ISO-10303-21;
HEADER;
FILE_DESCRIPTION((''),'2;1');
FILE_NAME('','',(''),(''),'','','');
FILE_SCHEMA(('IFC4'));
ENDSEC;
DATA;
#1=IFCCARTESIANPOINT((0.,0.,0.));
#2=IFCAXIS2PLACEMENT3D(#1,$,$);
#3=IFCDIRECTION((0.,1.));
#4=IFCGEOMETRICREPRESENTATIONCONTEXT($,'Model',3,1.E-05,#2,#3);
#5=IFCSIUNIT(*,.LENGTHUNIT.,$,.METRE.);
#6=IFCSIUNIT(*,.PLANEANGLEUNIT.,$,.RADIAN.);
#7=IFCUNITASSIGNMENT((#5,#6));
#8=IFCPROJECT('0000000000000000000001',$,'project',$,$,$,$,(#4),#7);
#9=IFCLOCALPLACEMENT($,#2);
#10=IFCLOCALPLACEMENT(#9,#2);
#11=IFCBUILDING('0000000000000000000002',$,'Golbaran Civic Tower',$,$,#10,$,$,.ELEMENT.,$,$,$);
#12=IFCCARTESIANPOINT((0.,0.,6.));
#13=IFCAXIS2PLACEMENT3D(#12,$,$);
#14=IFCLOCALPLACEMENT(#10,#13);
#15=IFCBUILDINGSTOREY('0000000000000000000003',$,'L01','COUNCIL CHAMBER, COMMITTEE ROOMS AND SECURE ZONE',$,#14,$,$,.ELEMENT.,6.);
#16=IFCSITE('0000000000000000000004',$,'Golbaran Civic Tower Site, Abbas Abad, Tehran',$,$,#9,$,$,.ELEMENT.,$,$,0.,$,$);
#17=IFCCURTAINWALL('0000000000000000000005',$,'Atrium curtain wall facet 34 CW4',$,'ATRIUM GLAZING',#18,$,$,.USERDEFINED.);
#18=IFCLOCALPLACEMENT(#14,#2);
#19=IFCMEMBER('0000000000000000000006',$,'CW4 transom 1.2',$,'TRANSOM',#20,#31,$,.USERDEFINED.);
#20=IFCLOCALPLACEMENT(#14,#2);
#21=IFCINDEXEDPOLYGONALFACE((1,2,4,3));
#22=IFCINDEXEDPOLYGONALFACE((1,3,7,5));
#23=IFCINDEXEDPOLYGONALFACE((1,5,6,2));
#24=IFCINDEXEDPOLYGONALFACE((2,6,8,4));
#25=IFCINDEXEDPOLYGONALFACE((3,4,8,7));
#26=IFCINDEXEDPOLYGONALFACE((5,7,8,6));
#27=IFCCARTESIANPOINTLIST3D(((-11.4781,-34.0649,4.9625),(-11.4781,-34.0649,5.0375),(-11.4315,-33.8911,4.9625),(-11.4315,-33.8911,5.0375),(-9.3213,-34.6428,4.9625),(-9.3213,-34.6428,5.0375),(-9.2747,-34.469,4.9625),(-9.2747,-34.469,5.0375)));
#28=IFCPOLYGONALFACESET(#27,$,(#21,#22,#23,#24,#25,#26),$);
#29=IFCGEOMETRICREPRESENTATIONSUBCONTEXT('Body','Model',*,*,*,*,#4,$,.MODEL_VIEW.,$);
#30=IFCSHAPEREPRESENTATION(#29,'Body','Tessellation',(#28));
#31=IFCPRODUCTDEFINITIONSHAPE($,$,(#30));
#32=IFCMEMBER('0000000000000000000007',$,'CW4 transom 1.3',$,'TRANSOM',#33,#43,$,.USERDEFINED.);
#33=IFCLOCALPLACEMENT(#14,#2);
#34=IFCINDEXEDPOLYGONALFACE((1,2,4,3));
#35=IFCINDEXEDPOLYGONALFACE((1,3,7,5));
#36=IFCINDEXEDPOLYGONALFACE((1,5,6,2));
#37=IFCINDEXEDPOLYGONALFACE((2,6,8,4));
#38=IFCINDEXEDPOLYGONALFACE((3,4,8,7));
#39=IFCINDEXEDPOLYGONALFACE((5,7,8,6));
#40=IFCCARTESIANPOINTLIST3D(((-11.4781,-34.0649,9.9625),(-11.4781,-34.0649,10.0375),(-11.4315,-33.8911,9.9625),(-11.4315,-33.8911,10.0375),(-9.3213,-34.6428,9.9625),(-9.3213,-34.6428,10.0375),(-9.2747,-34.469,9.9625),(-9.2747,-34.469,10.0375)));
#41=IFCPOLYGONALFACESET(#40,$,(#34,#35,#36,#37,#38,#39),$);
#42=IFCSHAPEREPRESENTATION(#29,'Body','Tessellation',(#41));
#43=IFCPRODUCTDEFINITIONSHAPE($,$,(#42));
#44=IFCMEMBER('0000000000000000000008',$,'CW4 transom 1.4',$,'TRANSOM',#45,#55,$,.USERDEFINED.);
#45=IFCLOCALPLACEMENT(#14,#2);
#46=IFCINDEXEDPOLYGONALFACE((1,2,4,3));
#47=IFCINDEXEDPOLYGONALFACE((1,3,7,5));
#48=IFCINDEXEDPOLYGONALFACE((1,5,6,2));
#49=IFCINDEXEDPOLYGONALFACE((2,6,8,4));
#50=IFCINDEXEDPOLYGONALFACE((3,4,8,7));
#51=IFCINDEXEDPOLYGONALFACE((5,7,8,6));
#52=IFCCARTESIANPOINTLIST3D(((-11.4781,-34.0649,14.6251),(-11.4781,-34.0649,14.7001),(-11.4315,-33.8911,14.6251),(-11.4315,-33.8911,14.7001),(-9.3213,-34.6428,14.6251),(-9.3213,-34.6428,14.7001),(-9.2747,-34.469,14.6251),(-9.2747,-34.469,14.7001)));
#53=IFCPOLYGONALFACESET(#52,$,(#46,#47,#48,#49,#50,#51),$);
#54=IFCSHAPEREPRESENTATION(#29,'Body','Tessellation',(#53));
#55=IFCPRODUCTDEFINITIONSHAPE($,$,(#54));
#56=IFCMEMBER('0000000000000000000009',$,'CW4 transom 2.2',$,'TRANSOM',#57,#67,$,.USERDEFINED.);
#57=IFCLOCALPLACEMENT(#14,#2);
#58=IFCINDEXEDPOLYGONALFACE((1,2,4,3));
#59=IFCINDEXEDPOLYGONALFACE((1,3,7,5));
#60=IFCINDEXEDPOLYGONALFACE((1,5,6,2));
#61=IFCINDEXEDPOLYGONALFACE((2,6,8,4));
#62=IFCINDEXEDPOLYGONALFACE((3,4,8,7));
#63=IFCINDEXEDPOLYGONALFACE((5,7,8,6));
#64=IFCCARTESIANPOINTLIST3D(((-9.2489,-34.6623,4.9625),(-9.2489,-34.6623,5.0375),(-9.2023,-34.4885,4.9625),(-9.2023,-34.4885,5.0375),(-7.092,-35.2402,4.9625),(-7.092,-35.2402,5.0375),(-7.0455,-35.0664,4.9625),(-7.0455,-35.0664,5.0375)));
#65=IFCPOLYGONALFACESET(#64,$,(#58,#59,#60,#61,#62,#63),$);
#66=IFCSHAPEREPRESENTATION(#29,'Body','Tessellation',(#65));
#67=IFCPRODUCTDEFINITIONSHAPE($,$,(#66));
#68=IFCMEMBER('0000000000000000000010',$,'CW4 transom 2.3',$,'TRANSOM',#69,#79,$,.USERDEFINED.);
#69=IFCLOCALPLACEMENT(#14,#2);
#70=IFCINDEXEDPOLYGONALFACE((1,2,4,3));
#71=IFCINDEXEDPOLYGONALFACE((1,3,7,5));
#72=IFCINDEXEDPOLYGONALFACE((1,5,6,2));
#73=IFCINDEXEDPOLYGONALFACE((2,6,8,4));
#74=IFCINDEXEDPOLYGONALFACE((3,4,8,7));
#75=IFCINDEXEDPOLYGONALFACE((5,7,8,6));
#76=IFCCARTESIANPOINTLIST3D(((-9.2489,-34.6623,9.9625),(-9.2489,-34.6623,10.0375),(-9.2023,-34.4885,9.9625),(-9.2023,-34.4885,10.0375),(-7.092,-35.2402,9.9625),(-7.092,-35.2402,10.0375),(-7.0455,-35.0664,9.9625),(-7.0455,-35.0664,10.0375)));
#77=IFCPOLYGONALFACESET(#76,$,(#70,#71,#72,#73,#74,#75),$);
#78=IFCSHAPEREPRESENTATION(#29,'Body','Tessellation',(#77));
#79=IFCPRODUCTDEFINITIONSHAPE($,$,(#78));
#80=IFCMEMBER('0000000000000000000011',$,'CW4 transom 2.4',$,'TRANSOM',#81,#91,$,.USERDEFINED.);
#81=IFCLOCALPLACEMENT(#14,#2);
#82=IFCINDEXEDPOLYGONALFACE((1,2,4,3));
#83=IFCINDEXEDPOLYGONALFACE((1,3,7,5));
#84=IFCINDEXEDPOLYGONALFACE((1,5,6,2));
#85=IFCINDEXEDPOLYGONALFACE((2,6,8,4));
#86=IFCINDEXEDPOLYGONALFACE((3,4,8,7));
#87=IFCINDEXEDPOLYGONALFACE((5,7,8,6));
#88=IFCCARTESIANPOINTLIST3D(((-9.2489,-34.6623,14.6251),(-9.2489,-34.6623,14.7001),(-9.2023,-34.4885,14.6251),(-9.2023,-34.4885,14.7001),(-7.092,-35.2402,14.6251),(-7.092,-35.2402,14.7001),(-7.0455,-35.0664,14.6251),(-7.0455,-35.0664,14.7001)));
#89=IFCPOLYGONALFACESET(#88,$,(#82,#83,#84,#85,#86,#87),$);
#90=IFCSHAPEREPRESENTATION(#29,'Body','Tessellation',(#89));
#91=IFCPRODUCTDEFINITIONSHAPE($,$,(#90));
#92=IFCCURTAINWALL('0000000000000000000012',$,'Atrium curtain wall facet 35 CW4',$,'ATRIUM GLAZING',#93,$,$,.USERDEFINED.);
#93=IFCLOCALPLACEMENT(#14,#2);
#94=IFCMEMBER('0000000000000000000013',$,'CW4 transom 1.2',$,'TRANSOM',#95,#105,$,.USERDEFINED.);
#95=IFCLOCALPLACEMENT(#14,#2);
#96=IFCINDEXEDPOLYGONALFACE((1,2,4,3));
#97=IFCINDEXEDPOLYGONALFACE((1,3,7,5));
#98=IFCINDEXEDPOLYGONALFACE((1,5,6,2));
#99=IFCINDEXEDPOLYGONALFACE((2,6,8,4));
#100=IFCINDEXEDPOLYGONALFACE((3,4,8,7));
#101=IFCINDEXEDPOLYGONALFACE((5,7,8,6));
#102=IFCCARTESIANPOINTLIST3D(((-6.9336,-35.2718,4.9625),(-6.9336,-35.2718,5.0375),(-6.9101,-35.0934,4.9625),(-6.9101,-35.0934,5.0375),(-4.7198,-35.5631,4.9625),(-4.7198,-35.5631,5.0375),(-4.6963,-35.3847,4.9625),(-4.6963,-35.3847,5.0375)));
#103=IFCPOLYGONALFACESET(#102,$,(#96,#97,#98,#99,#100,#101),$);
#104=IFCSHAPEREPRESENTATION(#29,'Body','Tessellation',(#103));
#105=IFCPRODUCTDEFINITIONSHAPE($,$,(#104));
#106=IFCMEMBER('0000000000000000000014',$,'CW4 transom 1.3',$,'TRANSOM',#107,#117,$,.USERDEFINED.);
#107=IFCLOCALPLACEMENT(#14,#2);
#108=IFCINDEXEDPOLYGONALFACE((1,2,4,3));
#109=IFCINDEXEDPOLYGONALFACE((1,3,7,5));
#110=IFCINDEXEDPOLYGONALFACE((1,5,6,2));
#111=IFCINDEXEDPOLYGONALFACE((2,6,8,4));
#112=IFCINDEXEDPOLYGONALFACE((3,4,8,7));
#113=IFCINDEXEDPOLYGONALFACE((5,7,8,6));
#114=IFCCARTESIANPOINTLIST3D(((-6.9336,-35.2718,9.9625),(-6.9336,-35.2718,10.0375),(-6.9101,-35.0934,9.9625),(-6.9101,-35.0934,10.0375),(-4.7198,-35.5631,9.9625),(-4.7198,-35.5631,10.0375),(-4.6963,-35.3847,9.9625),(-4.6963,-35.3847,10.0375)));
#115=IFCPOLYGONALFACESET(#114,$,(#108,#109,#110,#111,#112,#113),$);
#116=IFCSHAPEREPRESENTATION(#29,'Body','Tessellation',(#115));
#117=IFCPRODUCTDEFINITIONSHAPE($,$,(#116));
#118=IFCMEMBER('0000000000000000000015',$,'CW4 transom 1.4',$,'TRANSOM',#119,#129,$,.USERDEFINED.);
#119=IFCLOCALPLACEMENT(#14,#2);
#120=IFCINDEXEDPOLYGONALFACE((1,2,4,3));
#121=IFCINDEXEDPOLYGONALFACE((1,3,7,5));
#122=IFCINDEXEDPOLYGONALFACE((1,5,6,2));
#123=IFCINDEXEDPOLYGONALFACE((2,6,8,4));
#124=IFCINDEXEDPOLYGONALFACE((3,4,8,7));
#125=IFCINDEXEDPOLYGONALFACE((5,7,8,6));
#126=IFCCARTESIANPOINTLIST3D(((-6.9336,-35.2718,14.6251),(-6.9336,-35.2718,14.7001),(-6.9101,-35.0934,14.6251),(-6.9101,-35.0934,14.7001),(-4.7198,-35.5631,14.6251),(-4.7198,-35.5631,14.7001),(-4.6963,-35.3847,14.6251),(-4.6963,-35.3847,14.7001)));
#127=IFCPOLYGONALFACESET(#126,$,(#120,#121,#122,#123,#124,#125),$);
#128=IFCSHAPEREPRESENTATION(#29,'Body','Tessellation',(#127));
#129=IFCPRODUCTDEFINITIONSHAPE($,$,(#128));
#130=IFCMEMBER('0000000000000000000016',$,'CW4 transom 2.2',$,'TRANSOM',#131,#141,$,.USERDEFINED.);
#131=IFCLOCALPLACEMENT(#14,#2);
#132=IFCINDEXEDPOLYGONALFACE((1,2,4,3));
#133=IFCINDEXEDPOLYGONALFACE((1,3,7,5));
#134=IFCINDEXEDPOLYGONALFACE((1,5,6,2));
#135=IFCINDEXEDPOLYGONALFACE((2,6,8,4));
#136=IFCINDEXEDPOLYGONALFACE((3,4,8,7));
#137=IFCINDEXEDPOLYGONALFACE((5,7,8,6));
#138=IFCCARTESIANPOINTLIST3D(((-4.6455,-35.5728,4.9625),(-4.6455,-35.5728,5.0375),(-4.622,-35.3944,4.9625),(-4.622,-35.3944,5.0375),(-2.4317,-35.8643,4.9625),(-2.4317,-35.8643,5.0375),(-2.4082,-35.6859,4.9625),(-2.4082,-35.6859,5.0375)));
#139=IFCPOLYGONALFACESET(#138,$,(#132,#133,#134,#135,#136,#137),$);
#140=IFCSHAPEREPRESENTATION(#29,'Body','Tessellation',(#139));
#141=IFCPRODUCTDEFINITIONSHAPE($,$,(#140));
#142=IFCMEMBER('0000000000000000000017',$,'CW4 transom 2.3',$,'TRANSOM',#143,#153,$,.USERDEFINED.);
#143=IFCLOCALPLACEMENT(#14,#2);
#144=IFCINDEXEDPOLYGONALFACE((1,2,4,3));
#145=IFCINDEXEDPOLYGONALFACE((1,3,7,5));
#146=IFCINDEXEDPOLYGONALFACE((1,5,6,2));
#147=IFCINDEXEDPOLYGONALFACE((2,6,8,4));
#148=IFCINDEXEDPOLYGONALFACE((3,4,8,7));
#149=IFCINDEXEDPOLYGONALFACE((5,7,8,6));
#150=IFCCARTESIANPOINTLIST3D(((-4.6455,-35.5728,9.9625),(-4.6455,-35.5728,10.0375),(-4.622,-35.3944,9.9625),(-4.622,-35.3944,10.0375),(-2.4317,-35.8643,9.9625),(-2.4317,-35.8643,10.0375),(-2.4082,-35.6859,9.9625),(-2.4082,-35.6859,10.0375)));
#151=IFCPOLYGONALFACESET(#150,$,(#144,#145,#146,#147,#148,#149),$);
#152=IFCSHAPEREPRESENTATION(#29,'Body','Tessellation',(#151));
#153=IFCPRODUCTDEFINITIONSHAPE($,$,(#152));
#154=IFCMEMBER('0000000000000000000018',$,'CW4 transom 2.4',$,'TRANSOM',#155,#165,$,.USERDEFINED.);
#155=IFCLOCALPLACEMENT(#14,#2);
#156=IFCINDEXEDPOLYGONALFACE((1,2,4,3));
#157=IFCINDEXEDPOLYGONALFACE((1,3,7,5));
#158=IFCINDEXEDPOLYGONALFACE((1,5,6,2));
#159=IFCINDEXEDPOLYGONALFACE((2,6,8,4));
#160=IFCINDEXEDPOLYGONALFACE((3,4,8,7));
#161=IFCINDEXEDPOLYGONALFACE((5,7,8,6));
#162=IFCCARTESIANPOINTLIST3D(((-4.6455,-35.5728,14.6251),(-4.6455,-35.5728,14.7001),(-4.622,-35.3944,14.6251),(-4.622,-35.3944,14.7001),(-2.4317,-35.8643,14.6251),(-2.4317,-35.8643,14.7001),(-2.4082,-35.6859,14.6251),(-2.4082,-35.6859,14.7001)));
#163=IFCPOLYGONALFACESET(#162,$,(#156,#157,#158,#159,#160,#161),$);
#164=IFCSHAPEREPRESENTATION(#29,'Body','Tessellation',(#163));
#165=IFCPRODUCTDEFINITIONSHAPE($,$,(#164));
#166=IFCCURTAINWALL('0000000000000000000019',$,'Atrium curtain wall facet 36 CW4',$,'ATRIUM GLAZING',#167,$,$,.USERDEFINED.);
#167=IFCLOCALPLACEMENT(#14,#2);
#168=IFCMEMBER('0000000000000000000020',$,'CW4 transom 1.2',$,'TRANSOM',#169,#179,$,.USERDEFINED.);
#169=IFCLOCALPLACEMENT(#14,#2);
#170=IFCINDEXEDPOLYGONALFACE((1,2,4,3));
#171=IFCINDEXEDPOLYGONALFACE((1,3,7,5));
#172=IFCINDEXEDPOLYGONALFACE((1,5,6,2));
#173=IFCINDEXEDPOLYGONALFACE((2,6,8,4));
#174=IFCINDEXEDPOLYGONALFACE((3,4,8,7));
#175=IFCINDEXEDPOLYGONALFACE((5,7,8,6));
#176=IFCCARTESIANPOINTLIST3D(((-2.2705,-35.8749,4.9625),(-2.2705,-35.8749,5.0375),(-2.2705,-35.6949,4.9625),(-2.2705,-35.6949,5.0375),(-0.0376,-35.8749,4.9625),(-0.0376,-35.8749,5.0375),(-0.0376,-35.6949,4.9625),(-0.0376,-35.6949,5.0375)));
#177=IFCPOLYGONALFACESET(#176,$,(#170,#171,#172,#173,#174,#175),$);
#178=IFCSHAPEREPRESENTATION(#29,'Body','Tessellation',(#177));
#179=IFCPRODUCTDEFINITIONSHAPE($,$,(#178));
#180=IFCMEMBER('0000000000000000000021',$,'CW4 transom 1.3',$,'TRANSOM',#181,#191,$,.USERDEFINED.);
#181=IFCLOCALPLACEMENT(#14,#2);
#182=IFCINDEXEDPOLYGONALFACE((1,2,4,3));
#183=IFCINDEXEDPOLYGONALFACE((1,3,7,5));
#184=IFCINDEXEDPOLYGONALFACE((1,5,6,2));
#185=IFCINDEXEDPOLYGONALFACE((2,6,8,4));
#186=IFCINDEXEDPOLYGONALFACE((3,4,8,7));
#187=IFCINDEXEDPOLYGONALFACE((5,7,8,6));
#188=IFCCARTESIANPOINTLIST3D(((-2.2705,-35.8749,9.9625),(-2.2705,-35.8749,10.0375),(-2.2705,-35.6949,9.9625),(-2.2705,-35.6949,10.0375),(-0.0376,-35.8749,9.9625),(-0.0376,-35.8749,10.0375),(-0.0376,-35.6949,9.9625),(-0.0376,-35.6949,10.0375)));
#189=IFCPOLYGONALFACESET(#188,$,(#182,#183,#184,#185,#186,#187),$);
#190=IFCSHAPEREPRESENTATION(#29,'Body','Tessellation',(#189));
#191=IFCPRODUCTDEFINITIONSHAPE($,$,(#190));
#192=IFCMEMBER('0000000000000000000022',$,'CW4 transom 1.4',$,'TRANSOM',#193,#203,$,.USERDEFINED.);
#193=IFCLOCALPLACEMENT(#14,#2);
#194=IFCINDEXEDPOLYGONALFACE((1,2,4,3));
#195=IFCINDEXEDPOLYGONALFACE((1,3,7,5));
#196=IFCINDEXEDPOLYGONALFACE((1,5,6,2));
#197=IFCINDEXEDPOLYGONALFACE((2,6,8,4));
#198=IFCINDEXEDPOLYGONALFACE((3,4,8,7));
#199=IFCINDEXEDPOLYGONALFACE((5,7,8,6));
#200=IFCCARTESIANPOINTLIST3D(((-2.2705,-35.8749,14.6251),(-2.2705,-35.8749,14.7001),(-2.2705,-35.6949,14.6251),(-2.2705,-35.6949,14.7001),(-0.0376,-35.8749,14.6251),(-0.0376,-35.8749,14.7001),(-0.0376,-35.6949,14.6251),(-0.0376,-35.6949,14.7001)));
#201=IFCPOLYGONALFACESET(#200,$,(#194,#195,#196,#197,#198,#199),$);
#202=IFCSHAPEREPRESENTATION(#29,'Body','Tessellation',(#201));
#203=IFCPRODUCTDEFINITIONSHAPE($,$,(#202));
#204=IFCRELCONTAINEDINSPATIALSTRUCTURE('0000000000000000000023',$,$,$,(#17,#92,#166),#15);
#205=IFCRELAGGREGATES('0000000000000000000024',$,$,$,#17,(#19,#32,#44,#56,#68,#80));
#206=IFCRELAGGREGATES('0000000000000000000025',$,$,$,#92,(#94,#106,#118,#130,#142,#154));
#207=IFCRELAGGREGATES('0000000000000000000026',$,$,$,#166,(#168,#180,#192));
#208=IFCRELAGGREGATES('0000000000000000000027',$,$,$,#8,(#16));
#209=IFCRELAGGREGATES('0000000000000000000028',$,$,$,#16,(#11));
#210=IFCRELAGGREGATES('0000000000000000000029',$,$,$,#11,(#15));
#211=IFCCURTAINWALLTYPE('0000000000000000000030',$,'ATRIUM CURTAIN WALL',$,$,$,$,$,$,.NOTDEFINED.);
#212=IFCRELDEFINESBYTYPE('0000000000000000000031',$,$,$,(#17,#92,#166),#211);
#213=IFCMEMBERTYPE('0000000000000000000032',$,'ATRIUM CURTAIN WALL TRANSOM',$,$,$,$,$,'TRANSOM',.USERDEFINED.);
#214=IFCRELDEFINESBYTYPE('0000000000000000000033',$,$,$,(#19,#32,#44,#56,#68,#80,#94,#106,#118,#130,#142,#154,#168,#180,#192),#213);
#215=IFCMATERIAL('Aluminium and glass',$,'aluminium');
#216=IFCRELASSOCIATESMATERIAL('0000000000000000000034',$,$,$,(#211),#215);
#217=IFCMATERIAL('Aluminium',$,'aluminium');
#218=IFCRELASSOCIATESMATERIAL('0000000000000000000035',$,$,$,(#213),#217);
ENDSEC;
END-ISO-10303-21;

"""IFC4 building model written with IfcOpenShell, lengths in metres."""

from ifc_helpers import new_model, si_unit, direction, frame, origin, origin_2d, place, context, subcontext, project, spatial, rectangle, extrude, material, material_profile, profile_set, type_object, element, aggregate, save


model = new_model("IFC4")

# Units and contexts
model_context = context("Model", 3, precision=1e-05, world=origin(), true_north=direction((0.0, 1.0)))
body_context = subcontext(model_context, "Body", "Model", "MODEL_VIEW")
ifc_project = project(units=[si_unit("LENGTHUNIT", "METRE"), si_unit("PLANEANGLEUNIT", "RADIAN")], contexts=[model_context])

# Site, building, storey
site_placement = place(None, origin())
site = spatial("IfcSite", under=ifc_project, at=site_placement, Name="Golbaran Civic Tower Site, Abbas Abad, Tehran", CompositionType="ELEMENT", RefElevation=0.0)
building_placement = place(site_placement, origin())
building = spatial("IfcBuilding", under=site, at=building_placement, Name="Golbaran Civic Tower", CompositionType="ELEMENT")
storey_placement = place(building_placement, frame((0.0, 0.0, 6.0)))
storey = spatial("IfcBuildingStorey", under=building, at=storey_placement, Name="L01", Description="COUNCIL CHAMBER, COMMITTEE ROOMS AND SECURE ZONE", CompositionType="ELEMENT", Elevation=6.0)

# Curtain walls, members
ifc_material_1 = material(Name="Aluminium and glass", Category="aluminium")
curtain_wall_type = type_object("IfcCurtainWallType", Name="ATRIUM CURTAIN WALL", PredefinedType="NOTDEFINED", material=ifc_material_1)
curtain_wall_1_placement = place(storey_placement, origin())
curtain_wall_1 = element("IfcCurtainWall", 1, at=curtain_wall_1_placement, inside=storey, type_object=curtain_wall_type, Name="Atrium curtain wall facet 34 CW4", ObjectType="ATRIUM GLAZING", PredefinedType="USERDEFINED")
ifc_material_2 = material(Name="Aluminium", Category="aluminium")
ifc_material_profile = material_profile(ifc_material_2, rectangle(XDim=0.1799, YDim=0.075, at=origin_2d()), Name="ATRIUM CURTAIN WALL TRANSOM")
ifc_profile_set = profile_set([ifc_material_profile], Name="Aluminium")
member_type = type_object("IfcMemberType", Name="ATRIUM CURTAIN WALL TRANSOM", ElementType="TRANSOM", PredefinedType="USERDEFINED", material=ifc_profile_set)
member_1_placement = place(storey_placement, frame((-11.4548, -33.978, 5.0), z_axis=(0.965928, -0.258813, 0.0), x_axis=(0.258813, 0.965928, 0.0)))
member_1 = element("IfcMember", 2, at=member_1_placement, type_object=member_type, Name="CW4 transom 1.2", ObjectType="TRANSOM", PredefinedType="USERDEFINED", context=body_context, shape_type="SweptSolid", body=[
    extrude(rectangle(XDim=0.1799, YDim=0.075, at=origin_2d()), origin(), (0.0, 0.0, 1.0), 2.2329),
])
member_2_placement = place(storey_placement, frame((-11.4548, -33.978, 10.0), z_axis=(0.965928, -0.258813, 0.0), x_axis=(0.258813, 0.965928, 0.0)))
member_2 = element("IfcMember", 3, at=member_2_placement, type_object=member_type, Name="CW4 transom 1.3", ObjectType="TRANSOM", PredefinedType="USERDEFINED", context=body_context, shape_type="SweptSolid", body=[
    extrude(rectangle(XDim=0.1799, YDim=0.075, at=origin_2d()), origin(), (0.0, 0.0, 1.0), 2.2329),
])
member_3_placement = place(storey_placement, frame((-11.4548, -33.978, 14.6626), z_axis=(0.965928, -0.258813, 0.0), x_axis=(0.258813, 0.965928, 0.0)))
member_3 = element("IfcMember", 4, at=member_3_placement, type_object=member_type, Name="CW4 transom 1.4", ObjectType="TRANSOM", PredefinedType="USERDEFINED", context=body_context, shape_type="SweptSolid", body=[
    extrude(rectangle(XDim=0.1799, YDim=0.075, at=origin_2d()), origin(), (0.0, 0.0, 1.0), 2.2329),
])
member_4_placement = place(storey_placement, frame((-9.2256, -34.5754, 5.0), z_axis=(0.965928, -0.258813, 0.0), x_axis=(0.258813, 0.965928, 0.0)))
member_4 = element("IfcMember", 5, at=member_4_placement, type_object=member_type, Name="CW4 transom 2.2", ObjectType="TRANSOM", PredefinedType="USERDEFINED", context=body_context, shape_type="SweptSolid", body=[
    extrude(rectangle(XDim=0.1799, YDim=0.075, at=origin_2d()), origin(), (0.0, 0.0, 1.0), 2.2329),
])
member_5_placement = place(storey_placement, frame((-9.2256, -34.5754, 10.0), z_axis=(0.965928, -0.258813, 0.0), x_axis=(0.258813, 0.965928, 0.0)))
member_5 = element("IfcMember", 6, at=member_5_placement, type_object=member_type, Name="CW4 transom 2.3", ObjectType="TRANSOM", PredefinedType="USERDEFINED", context=body_context, shape_type="SweptSolid", body=[
    extrude(rectangle(XDim=0.1799, YDim=0.075, at=origin_2d()), origin(), (0.0, 0.0, 1.0), 2.2329),
])
member_6_placement = place(storey_placement, frame((-9.2256, -34.5754, 14.6626), z_axis=(0.965928, -0.258813, 0.0), x_axis=(0.258813, 0.965928, 0.0)))
member_6 = element("IfcMember", 7, at=member_6_placement, type_object=member_type, Name="CW4 transom 2.4", ObjectType="TRANSOM", PredefinedType="USERDEFINED", context=body_context, shape_type="SweptSolid", body=[
    extrude(rectangle(XDim=0.1799, YDim=0.075, at=origin_2d()), origin(), (0.0, 0.0, 1.0), 2.2329),
])
curtain_wall_2_placement = place(storey_placement, origin())
curtain_wall_2 = element("IfcCurtainWall", 8, at=curtain_wall_2_placement, inside=storey, type_object=curtain_wall_type, Name="Atrium curtain wall facet 35 CW4", ObjectType="ATRIUM GLAZING", PredefinedType="USERDEFINED")
member_7_placement = place(storey_placement, frame((-6.9219, -35.1826, 5.0), z_axis=(0.991457, -0.130438, 0.0), x_axis=(0.130438, 0.991457, 0.0)))
member_7 = element("IfcMember", 9, at=member_7_placement, type_object=member_type, Name="CW4 transom 1.2", ObjectType="TRANSOM", PredefinedType="USERDEFINED", context=body_context, shape_type="SweptSolid", body=[
    extrude(rectangle(XDim=0.1799, YDim=0.075, at=origin_2d()), origin(), (0.0, 0.0, 1.0), 2.2329),
])
member_8_placement = place(storey_placement, frame((-6.9219, -35.1826, 10.0), z_axis=(0.991457, -0.130438, 0.0), x_axis=(0.130438, 0.991457, 0.0)))
member_8 = element("IfcMember", 10, at=member_8_placement, type_object=member_type, Name="CW4 transom 1.3", ObjectType="TRANSOM", PredefinedType="USERDEFINED", context=body_context, shape_type="SweptSolid", body=[
    extrude(rectangle(XDim=0.1799, YDim=0.075, at=origin_2d()), origin(), (0.0, 0.0, 1.0), 2.2329),
])
member_9_placement = place(storey_placement, frame((-6.9219, -35.1826, 14.6626), z_axis=(0.991457, -0.130438, 0.0), x_axis=(0.130438, 0.991457, 0.0)))
member_9 = element("IfcMember", 11, at=member_9_placement, type_object=member_type, Name="CW4 transom 1.4", ObjectType="TRANSOM", PredefinedType="USERDEFINED", context=body_context, shape_type="SweptSolid", body=[
    extrude(rectangle(XDim=0.1799, YDim=0.075, at=origin_2d()), origin(), (0.0, 0.0, 1.0), 2.2329),
])
member_10_placement = place(storey_placement, frame((-4.6338, -35.4836, 5.0), z_axis=(0.991442, -0.130545, 0.0), x_axis=(0.130545, 0.991442, 0.0)))
member_10 = element("IfcMember", 12, at=member_10_placement, type_object=member_type, Name="CW4 transom 2.2", ObjectType="TRANSOM", PredefinedType="USERDEFINED", context=body_context, shape_type="SweptSolid", body=[
    extrude(rectangle(XDim=0.1799, YDim=0.075, at=origin_2d()), origin(), (0.0, 0.0, 1.0), 2.2329),
])
member_11_placement = place(storey_placement, frame((-4.6338, -35.4836, 10.0), z_axis=(0.991442, -0.130545, 0.0), x_axis=(0.130545, 0.991442, 0.0)))
member_11 = element("IfcMember", 13, at=member_11_placement, type_object=member_type, Name="CW4 transom 2.3", ObjectType="TRANSOM", PredefinedType="USERDEFINED", context=body_context, shape_type="SweptSolid", body=[
    extrude(rectangle(XDim=0.1799, YDim=0.075, at=origin_2d()), origin(), (0.0, 0.0, 1.0), 2.2329),
])
member_12_placement = place(storey_placement, frame((-4.6338, -35.4836, 14.6626), z_axis=(0.991442, -0.130545, 0.0), x_axis=(0.130545, 0.991442, 0.0)))
member_12 = element("IfcMember", 14, at=member_12_placement, type_object=member_type, Name="CW4 transom 2.4", ObjectType="TRANSOM", PredefinedType="USERDEFINED", context=body_context, shape_type="SweptSolid", body=[
    extrude(rectangle(XDim=0.1799, YDim=0.075, at=origin_2d()), origin(), (0.0, 0.0, 1.0), 2.2329),
])
curtain_wall_3_placement = place(storey_placement, origin())
curtain_wall_3 = element("IfcCurtainWall", 15, at=curtain_wall_3_placement, inside=storey, type_object=curtain_wall_type, Name="Atrium curtain wall facet 36 CW4", ObjectType="ATRIUM GLAZING", PredefinedType="USERDEFINED")
member_13_placement = place(storey_placement, frame((-2.2705, -35.7849, 5.0), z_axis=(1.0, 0.0, 0.0), x_axis=(0.0, 1.0, 0.0)))
member_13 = element("IfcMember", 16, at=member_13_placement, type_object=member_type, Name="CW4 transom 1.2", ObjectType="TRANSOM", PredefinedType="USERDEFINED", context=body_context, shape_type="SweptSolid", body=[
    extrude(rectangle(XDim=0.1799, YDim=0.075, at=origin_2d()), origin(), (0.0, 0.0, 1.0), 2.2329),
])
member_14_placement = place(storey_placement, frame((-2.2705, -35.7849, 10.0), z_axis=(1.0, 0.0, 0.0), x_axis=(0.0, 1.0, 0.0)))
member_14 = element("IfcMember", 17, at=member_14_placement, type_object=member_type, Name="CW4 transom 1.3", ObjectType="TRANSOM", PredefinedType="USERDEFINED", context=body_context, shape_type="SweptSolid", body=[
    extrude(rectangle(XDim=0.1799, YDim=0.075, at=origin_2d()), origin(), (0.0, 0.0, 1.0), 2.2329),
])
member_15_placement = place(storey_placement, frame((-2.2705, -35.7849, 14.6626), z_axis=(1.0, 0.0, 0.0), x_axis=(0.0, 1.0, 0.0)))
member_15 = element("IfcMember", 18, at=member_15_placement, type_object=member_type, Name="CW4 transom 1.4", ObjectType="TRANSOM", PredefinedType="USERDEFINED", context=body_context, shape_type="SweptSolid", body=[
    extrude(rectangle(XDim=0.1799, YDim=0.075, at=origin_2d()), origin(), (0.0, 0.0, 1.0), 2.2329),
])

aggregate(curtain_wall_1, [member_1, member_2, member_3, member_4, member_5, member_6])
aggregate(curtain_wall_2, [member_7, member_8, member_9, member_10, member_11, member_12])
aggregate(curtain_wall_3, [member_13, member_14, member_15])

save(model, "model.ifc")
